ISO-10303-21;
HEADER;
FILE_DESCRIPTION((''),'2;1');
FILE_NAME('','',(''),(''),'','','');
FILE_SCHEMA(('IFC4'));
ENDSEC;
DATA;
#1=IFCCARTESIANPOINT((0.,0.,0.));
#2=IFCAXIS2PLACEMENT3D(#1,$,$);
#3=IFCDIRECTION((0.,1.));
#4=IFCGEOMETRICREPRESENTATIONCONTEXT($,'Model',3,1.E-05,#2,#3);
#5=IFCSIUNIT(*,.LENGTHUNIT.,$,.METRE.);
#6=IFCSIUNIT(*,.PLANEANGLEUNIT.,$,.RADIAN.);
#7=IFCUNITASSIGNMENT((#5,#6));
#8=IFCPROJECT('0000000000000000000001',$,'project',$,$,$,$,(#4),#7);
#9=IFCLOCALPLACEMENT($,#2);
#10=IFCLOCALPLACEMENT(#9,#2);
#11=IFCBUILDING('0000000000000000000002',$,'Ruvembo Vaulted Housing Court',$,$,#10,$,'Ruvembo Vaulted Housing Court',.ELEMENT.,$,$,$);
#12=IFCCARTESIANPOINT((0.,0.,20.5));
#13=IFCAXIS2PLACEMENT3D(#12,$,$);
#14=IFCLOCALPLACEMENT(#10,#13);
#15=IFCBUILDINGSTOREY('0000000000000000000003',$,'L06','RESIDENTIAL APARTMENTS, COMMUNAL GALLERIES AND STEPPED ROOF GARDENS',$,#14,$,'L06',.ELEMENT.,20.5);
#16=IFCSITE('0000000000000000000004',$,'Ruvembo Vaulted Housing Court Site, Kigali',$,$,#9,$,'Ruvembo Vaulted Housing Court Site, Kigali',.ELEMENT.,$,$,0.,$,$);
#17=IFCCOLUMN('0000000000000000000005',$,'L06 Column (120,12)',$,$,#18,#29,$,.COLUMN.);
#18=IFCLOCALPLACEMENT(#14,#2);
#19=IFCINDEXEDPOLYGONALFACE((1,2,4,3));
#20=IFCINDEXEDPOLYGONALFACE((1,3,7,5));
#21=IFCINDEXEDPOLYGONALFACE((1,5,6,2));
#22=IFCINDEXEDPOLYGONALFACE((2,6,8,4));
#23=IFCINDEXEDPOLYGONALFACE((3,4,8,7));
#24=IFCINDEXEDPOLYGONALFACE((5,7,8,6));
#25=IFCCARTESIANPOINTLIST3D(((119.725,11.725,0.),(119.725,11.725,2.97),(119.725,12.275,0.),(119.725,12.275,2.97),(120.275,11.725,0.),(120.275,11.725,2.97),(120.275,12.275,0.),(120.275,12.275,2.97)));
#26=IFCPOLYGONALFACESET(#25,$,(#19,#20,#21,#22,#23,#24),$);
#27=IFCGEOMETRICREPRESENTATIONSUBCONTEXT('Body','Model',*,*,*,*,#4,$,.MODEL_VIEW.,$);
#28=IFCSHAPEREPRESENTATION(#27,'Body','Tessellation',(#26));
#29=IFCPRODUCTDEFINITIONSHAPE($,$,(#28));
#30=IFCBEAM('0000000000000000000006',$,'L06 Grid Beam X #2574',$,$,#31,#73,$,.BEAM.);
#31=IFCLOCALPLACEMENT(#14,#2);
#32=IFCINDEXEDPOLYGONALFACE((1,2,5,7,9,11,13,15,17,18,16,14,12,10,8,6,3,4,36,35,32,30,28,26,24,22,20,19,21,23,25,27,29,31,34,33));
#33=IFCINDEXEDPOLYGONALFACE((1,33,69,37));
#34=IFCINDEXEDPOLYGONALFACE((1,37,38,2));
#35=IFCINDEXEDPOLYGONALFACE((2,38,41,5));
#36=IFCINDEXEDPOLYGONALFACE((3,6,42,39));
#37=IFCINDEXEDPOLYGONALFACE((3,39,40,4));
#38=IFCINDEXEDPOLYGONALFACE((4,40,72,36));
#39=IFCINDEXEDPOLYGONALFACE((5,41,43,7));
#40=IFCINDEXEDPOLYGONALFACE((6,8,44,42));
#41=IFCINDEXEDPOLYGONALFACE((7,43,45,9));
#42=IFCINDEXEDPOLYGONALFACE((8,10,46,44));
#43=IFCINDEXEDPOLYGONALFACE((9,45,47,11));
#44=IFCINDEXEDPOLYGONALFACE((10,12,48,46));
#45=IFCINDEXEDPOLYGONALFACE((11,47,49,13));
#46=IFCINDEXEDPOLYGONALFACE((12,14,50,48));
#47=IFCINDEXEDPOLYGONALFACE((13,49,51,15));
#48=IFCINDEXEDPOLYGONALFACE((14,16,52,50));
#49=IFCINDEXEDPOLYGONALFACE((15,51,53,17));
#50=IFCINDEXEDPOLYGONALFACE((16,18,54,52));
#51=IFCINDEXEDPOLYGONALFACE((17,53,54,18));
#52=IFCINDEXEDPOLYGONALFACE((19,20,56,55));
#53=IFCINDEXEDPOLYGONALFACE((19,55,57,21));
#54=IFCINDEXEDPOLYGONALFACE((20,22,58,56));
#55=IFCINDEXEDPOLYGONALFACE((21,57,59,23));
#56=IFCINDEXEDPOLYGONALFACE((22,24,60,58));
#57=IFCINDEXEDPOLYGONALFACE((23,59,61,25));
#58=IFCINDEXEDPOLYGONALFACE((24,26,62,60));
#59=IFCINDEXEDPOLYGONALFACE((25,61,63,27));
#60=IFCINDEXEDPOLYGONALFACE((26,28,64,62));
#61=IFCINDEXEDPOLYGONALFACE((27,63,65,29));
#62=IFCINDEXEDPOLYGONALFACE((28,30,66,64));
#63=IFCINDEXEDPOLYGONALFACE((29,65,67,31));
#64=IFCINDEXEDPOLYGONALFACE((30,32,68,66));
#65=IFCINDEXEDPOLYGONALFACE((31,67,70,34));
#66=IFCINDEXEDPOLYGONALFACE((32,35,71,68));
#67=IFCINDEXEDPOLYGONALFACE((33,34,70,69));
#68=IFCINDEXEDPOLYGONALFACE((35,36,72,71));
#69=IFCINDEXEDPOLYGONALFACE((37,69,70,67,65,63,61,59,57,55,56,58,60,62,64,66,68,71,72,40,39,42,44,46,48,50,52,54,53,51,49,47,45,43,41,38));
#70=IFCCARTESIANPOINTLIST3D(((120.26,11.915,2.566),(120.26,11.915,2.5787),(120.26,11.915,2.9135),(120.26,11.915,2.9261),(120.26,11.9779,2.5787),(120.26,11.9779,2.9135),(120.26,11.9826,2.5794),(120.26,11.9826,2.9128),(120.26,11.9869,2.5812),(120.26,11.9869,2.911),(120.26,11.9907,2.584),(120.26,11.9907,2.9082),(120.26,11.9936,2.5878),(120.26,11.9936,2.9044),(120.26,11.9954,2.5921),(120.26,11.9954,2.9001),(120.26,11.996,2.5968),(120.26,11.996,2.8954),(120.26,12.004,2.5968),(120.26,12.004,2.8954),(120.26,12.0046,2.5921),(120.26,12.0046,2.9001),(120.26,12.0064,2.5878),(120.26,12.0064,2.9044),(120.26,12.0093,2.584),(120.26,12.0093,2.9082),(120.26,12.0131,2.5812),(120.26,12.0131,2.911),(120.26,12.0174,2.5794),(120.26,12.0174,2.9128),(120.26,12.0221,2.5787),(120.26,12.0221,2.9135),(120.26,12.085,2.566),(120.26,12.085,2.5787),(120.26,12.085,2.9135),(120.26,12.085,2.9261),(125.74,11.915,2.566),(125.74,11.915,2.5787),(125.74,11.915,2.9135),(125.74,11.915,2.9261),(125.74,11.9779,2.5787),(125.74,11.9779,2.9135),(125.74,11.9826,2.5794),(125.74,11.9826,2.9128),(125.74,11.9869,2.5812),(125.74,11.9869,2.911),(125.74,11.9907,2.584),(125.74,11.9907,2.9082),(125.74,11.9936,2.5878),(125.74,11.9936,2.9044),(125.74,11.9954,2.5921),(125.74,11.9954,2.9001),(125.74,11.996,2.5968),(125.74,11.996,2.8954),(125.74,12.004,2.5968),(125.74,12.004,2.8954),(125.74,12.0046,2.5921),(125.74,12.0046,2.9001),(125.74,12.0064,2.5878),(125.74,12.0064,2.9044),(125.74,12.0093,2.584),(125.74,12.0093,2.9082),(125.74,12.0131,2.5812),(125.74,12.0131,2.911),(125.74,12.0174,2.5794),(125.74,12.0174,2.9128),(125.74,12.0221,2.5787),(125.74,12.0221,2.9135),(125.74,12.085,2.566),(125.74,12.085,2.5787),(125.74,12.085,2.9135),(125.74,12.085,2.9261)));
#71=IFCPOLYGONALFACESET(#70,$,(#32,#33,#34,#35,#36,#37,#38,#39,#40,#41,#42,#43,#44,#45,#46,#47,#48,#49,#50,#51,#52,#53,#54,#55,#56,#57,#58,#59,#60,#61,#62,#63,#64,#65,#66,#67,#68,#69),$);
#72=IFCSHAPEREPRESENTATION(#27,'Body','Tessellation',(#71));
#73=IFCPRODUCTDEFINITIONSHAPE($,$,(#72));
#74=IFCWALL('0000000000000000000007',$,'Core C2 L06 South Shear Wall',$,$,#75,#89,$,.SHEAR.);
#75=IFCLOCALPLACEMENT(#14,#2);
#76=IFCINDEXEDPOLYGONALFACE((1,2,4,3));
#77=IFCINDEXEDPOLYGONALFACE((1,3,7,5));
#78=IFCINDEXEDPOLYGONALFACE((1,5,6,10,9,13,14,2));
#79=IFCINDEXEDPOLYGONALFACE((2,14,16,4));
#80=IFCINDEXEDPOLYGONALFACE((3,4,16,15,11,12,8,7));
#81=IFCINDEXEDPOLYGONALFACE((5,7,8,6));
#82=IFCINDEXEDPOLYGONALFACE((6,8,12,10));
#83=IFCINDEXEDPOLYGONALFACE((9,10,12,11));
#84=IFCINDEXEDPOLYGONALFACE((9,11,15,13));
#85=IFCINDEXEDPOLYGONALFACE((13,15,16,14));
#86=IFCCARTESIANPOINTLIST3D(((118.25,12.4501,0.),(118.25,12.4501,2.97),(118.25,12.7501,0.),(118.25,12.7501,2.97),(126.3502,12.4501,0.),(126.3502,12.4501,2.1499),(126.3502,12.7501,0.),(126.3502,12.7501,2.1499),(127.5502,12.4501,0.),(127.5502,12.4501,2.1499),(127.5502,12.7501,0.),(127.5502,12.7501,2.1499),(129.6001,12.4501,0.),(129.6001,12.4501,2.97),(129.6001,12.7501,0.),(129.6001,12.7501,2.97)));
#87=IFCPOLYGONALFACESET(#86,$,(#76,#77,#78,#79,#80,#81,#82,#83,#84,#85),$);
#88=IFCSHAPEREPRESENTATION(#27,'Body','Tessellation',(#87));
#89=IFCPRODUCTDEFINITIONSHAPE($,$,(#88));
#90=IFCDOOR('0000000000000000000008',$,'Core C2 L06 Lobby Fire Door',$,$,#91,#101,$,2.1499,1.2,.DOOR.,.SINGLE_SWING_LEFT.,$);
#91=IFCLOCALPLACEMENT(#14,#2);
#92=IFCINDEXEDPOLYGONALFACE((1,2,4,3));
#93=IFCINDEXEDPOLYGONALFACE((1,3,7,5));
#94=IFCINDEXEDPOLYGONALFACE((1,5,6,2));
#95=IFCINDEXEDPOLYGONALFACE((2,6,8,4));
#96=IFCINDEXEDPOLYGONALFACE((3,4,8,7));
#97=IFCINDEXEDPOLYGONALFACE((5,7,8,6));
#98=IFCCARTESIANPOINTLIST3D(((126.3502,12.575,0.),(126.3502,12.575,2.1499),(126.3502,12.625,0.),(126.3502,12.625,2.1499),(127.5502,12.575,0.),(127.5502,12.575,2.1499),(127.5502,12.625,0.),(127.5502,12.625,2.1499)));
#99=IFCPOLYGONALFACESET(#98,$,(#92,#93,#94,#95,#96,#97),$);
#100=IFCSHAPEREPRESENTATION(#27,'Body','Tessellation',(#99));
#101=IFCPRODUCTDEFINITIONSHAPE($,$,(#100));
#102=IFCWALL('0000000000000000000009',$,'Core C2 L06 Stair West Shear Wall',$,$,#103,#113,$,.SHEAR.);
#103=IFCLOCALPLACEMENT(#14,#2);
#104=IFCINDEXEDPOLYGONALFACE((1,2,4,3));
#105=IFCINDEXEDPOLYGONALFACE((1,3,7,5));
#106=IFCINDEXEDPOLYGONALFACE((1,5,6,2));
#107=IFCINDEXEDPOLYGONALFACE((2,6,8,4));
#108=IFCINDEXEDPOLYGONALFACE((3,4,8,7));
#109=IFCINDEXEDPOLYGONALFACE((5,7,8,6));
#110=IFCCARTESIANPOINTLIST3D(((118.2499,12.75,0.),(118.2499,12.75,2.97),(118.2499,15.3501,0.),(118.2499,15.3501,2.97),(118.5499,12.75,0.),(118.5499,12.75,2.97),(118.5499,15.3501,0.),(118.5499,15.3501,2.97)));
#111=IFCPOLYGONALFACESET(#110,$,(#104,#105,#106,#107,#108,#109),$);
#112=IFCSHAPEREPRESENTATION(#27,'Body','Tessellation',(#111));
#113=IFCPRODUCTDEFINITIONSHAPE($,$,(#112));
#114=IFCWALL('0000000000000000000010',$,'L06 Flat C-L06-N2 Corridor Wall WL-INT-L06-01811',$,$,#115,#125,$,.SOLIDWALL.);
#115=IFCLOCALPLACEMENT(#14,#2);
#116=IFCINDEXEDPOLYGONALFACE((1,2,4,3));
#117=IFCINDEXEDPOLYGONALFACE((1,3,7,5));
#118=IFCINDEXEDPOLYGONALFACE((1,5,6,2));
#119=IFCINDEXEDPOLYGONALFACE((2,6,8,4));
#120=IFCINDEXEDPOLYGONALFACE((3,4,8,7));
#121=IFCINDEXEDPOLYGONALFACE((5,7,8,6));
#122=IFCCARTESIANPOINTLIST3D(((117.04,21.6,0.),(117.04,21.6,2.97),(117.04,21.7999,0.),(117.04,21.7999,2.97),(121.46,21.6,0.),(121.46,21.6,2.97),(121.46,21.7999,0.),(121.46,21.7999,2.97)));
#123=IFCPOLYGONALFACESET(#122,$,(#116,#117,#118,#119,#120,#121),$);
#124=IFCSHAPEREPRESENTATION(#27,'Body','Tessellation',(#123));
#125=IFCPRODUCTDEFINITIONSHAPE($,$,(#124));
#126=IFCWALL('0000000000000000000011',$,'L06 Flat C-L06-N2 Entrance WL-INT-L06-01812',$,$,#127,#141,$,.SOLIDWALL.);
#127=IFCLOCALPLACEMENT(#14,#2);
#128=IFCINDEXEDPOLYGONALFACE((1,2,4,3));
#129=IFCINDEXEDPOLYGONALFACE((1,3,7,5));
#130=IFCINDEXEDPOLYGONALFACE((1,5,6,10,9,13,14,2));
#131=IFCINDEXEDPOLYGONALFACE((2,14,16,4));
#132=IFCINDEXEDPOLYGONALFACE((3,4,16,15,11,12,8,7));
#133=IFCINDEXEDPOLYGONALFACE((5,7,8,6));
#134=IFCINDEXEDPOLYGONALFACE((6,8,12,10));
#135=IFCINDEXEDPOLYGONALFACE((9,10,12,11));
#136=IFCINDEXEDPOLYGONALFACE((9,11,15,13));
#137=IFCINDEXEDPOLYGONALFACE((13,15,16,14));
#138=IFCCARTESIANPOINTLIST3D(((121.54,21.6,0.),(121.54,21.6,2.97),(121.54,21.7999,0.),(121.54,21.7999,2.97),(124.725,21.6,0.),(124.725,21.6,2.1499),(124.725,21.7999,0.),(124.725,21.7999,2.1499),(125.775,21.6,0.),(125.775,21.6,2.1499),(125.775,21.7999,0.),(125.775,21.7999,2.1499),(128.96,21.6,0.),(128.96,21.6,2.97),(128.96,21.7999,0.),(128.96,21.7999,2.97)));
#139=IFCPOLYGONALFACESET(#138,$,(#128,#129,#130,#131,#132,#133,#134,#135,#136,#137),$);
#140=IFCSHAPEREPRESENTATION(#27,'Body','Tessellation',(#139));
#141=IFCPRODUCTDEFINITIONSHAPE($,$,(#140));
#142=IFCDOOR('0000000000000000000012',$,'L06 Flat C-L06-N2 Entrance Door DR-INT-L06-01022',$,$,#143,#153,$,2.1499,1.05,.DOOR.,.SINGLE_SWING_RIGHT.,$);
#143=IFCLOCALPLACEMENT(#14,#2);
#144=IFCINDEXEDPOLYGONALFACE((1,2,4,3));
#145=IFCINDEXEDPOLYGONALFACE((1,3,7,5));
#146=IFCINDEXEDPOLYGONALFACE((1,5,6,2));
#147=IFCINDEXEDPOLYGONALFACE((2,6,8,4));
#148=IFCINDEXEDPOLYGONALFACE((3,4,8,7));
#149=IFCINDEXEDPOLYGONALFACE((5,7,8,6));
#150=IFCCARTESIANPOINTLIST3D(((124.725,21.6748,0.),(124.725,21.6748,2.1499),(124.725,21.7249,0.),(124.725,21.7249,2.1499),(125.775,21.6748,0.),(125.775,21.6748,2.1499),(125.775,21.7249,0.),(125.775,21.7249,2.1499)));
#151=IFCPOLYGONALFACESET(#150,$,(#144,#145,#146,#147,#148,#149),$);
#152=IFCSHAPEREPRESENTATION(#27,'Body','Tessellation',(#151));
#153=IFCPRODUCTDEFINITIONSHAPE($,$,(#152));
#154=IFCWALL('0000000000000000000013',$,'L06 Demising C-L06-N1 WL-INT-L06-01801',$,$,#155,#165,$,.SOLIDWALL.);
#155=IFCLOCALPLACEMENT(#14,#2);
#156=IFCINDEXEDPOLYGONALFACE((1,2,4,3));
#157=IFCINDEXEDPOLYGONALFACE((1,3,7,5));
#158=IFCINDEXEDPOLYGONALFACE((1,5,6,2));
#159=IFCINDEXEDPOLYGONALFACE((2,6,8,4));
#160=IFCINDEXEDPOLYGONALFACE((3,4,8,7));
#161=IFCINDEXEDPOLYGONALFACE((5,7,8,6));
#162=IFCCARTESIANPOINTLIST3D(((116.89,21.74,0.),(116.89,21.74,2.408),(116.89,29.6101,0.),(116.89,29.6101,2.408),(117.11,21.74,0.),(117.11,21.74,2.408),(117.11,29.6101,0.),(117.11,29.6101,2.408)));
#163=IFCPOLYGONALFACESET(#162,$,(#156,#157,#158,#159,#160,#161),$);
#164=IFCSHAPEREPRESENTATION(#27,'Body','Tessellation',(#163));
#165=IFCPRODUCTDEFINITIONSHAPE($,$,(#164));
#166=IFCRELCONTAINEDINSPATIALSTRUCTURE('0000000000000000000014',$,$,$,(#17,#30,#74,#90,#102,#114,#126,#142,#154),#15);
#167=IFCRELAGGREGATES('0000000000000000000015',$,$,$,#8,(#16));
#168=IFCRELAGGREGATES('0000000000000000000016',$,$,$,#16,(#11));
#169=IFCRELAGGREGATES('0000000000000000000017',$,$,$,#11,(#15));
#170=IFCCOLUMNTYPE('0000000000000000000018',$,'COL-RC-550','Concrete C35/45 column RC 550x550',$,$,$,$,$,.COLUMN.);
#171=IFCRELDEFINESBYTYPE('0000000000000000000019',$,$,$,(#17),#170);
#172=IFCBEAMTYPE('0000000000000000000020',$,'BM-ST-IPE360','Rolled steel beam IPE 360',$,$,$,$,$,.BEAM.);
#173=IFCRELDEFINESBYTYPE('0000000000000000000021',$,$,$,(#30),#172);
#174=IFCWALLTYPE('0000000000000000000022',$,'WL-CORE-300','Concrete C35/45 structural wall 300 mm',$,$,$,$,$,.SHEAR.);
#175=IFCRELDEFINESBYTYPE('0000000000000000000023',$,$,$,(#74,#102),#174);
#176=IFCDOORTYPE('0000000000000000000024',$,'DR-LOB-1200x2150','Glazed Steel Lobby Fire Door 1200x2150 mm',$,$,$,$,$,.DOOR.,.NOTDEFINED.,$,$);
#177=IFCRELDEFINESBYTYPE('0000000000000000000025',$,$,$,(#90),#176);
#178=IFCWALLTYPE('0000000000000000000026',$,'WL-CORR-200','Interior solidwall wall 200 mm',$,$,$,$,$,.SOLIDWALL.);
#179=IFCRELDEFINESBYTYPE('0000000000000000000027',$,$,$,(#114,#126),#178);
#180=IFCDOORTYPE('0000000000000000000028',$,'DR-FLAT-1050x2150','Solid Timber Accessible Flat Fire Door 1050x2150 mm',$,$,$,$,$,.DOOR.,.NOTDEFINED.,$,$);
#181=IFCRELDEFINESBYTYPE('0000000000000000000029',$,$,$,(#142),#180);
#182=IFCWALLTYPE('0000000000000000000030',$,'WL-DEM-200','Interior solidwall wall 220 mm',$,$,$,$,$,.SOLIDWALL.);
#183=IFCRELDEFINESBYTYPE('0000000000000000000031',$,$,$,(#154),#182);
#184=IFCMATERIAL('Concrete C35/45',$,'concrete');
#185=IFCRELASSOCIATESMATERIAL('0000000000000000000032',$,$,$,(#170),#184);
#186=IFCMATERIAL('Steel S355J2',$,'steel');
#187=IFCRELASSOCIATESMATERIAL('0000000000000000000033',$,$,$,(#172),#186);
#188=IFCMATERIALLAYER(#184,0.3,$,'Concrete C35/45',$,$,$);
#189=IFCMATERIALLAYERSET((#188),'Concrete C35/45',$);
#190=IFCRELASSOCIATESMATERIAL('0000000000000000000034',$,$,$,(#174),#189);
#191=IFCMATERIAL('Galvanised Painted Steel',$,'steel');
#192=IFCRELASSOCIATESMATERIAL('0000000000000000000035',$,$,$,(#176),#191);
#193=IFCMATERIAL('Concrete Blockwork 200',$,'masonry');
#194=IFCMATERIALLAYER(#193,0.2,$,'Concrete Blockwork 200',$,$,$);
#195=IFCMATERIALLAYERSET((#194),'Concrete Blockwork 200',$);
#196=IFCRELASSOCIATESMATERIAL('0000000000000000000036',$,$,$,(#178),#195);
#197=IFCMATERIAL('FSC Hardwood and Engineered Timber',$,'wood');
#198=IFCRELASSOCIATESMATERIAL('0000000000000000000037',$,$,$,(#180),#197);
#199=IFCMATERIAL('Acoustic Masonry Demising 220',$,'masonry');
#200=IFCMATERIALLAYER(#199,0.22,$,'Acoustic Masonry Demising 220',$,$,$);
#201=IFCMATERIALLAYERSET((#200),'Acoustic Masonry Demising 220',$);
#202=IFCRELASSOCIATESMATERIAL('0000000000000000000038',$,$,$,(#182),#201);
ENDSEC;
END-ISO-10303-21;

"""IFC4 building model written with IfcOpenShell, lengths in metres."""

from ifc_helpers import new_model, si_unit, direction, frame, frame_2d, origin, origin_2d, place, context, subcontext, project, spatial, rectangle, i_section, extrude, material, layer, layer_set, material_profile, profile_set, type_object, element, fill, save


model = new_model("IFC4")

# Units and contexts
model_context = context("Model", 3, precision=1e-05, world=origin(), true_north=direction((0.0, 1.0)))
body_context = subcontext(model_context, "Body", "Model", "MODEL_VIEW")
ifc_project = project(units=[si_unit("LENGTHUNIT", "METRE"), si_unit("PLANEANGLEUNIT", "RADIAN")], contexts=[model_context])

# Site, building, storey
site_placement = place(None, origin())
site = spatial("IfcSite", under=ifc_project, at=site_placement, Name="Ruvembo Vaulted Housing Court Site, Kigali", LongName="Ruvembo Vaulted Housing Court Site, Kigali", CompositionType="ELEMENT", RefElevation=0.0)
building_placement = place(site_placement, origin())
building = spatial("IfcBuilding", under=site, at=building_placement, Name="Ruvembo Vaulted Housing Court", LongName="Ruvembo Vaulted Housing Court", CompositionType="ELEMENT")
storey_placement = place(building_placement, frame((0.0, 0.0, 20.5)))
storey = spatial("IfcBuildingStorey", under=building, at=storey_placement, Name="L06", Description="RESIDENTIAL APARTMENTS, COMMUNAL GALLERIES AND STEPPED ROOF GARDENS", LongName="L06", CompositionType="ELEMENT", Elevation=20.5)

# Column
ifc_material_1 = material(Name="Concrete C35/45", Category="concrete")
ifc_material_profile_1 = material_profile(ifc_material_1, rectangle(XDim=0.55, YDim=0.55, at=origin_2d()), Name="RC 550x550")
ifc_profile_set_1 = profile_set([ifc_material_profile_1], Name="Concrete C35/45")
column_type = type_object("IfcColumnType", Name="COL-RC-550", Description="Concrete C35/45 column RC 550x550", PredefinedType="COLUMN", material=ifc_profile_set_1)
column_placement = place(storey_placement, frame((120.0, 12.0, 0.0), z_axis=(0.0, 0.0, 1.0), x_axis=(1.0, 0.0, 0.0)))
element("IfcColumn", 1, at=column_placement, inside=storey, type_object=column_type, Name="L06 Column (120,12)", PredefinedType="COLUMN", context=body_context, shape_type="SweptSolid", body=[
    extrude(rectangle(XDim=0.55, YDim=0.55, at=origin_2d()), origin(), (0.0, 0.0, 1.0), 2.97),
])

# Beam
ifc_material_2 = material(Name="Steel S355J2", Category="steel")
ifc_material_profile_2 = material_profile(ifc_material_2, i_section(OverallWidth=0.1699, OverallDepth=0.3601, WebThickness=0.0081, FlangeThickness=0.0127, FilletRadius=0.0181, at=origin_2d()), Name="IPE 360")
ifc_profile_set_2 = profile_set([ifc_material_profile_2], Name="Steel S355J2")
beam_type = type_object("IfcBeamType", Name="BM-ST-IPE360", Description="Rolled steel beam IPE 360", PredefinedType="BEAM", material=ifc_profile_set_2)
beam_placement = place(storey_placement, frame((120.26, 12.0, 2.7461), z_axis=(1.0, 0.0, 0.0), x_axis=(0.0, 1.0, 0.0)))
element("IfcBeam", 2, at=beam_placement, inside=storey, type_object=beam_type, Name="L06 Grid Beam X #2574", PredefinedType="BEAM", context=body_context, shape_type="SweptSolid", body=[
    extrude(i_section(OverallWidth=0.1699, OverallDepth=0.3601, WebThickness=0.0081, FlangeThickness=0.0127, FilletRadius=0.0181, at=origin_2d()), origin(), (0.0, 0.0, 1.0), 5.48),
])

# Wall, opening, door
ifc_layer_1 = layer(ifc_material_1, 0.3, Name="Concrete C35/45")
ifc_layer_set_1 = layer_set([ifc_layer_1], Name="Concrete C35/45")
wall_type_1 = type_object("IfcWallType", Name="WL-CORE-300", Description="Concrete C35/45 structural wall 300 mm", PredefinedType="SHEAR", material=ifc_layer_set_1)
wall_1_placement = place(storey_placement, frame((118.25, 12.6001, 0.0), z_axis=(0.0, 0.0, 1.0), x_axis=(1.0, 0.0, 0.0)))
wall_1 = element("IfcWall", 3, at=wall_1_placement, inside=storey, type_object=wall_type_1, Name="Core C2 L06 South Shear Wall", PredefinedType="SHEAR", context=body_context, shape_type="SweptSolid", body=[
    extrude(rectangle(XDim=11.3501, YDim=0.3, at=frame_2d((5.675, 0.0))), origin(), (0.0, 0.0, 1.0), 2.97),
])
opening_1_placement = place(wall_1_placement, frame((8.1001, 0.0, 0.0)))
opening_1 = element("IfcOpeningElement", 4, at=opening_1_placement, cuts=wall_1, PredefinedType="OPENING", context=body_context, shape_type="SweptSolid", body=[
    extrude(rectangle(XDim=1.2, YDim=2.1499, at=frame_2d((0.6001, 1.075))), frame((0.0, 0.1599, 0.0), z_axis=(0.0, -1.0, 0.0), x_axis=(1.0, 0.0, 0.0)), (0.0, 0.0, 1.0), 0.3201),
])
ifc_material_3 = material(Name="Galvanised Painted Steel", Category="steel")
door_type_1 = type_object("IfcDoorType", Name="DR-LOB-1200x2150", Description="Glazed Steel Lobby Fire Door 1200x2150 mm", OperationType="NOTDEFINED", PredefinedType="DOOR", material=ifc_material_3)
door_1_placement = place(opening_1_placement, origin())
door_1 = element("IfcDoor", 5, at=door_1_placement, inside=storey, type_object=door_type_1, Name="Core C2 L06 Lobby Fire Door", OperationType="SINGLE_SWING_LEFT", OverallHeight=2.1499, OverallWidth=1.2, PredefinedType="DOOR", context=body_context, shape_type="SweptSolid", body=[
    extrude(rectangle(XDim=1.2, YDim=2.1499, at=frame_2d((0.6001, 1.075))), frame((0.0, 0.0249, 0.0), z_axis=(0.0, -1.0, 0.0), x_axis=(1.0, 0.0, 0.0)), (0.0, 0.0, 1.0), 0.05),
])
fill(opening_1, door_1)

# Wall
wall_2_placement = place(storey_placement, frame((118.3999, 15.3501, 0.0), z_axis=(0.0, 0.0, 1.0), x_axis=(0.0, -1.0, 0.0)))
element("IfcWall", 6, at=wall_2_placement, inside=storey, type_object=wall_type_1, Name="Core C2 L06 Stair West Shear Wall", PredefinedType="SHEAR", context=body_context, shape_type="SweptSolid", body=[
    extrude(rectangle(XDim=2.6001, YDim=0.3, at=frame_2d((1.3, 0.0))), origin(), (0.0, 0.0, 1.0), 2.97),
])

# Wall
ifc_material_4 = material(Name="Concrete Blockwork 200", Category="masonry")
ifc_layer_2 = layer(ifc_material_4, 0.2, Name="Concrete Blockwork 200")
ifc_layer_set_2 = layer_set([ifc_layer_2], Name="Concrete Blockwork 200")
wall_type_2 = type_object("IfcWallType", Name="WL-CORR-200", Description="Interior solidwall wall 200 mm", PredefinedType="SOLIDWALL", material=ifc_layer_set_2)
wall_3_placement = place(storey_placement, frame((117.04, 21.7, 0.0), z_axis=(0.0, 0.0, 1.0), x_axis=(1.0, 0.0, 0.0)))
element("IfcWall", 7, at=wall_3_placement, inside=storey, type_object=wall_type_2, Name="L06 Flat C-L06-N2 Corridor Wall WL-INT-L06-01811", PredefinedType="SOLIDWALL", context=body_context, shape_type="SweptSolid", body=[
    extrude(rectangle(XDim=4.4199, YDim=0.2, at=frame_2d((2.21, 0.0))), origin(), (0.0, 0.0, 1.0), 2.97),
])

# Wall, opening, door
wall_4_placement = place(storey_placement, frame((121.54, 21.7, 0.0), z_axis=(0.0, 0.0, 1.0), x_axis=(1.0, 0.0, 0.0)))
wall_4 = element("IfcWall", 8, at=wall_4_placement, inside=storey, type_object=wall_type_2, Name="L06 Flat C-L06-N2 Entrance WL-INT-L06-01812", PredefinedType="SOLIDWALL", context=body_context, shape_type="SweptSolid", body=[
    extrude(rectangle(XDim=7.4199, YDim=0.2, at=frame_2d((3.71, 0.0))), origin(), (0.0, 0.0, 1.0), 2.97),
])
opening_2_placement = place(wall_4_placement, frame((3.1851, 0.0, 0.0)))
opening_2 = element("IfcOpeningElement", 9, at=opening_2_placement, cuts=wall_4, PredefinedType="OPENING", context=body_context, shape_type="SweptSolid", body=[
    extrude(rectangle(XDim=1.05, YDim=2.1499, at=frame_2d((0.5249, 1.075))), frame((0.0, 0.1099, 0.0), z_axis=(0.0, -1.0, 0.0), x_axis=(1.0, 0.0, 0.0)), (0.0, 0.0, 1.0), 0.22),
])
ifc_material_5 = material(Name="FSC Hardwood and Engineered Timber", Category="wood")
door_type_2 = type_object("IfcDoorType", Name="DR-FLAT-1050x2150", Description="Solid Timber Accessible Flat Fire Door 1050x2150 mm", OperationType="NOTDEFINED", PredefinedType="DOOR", material=ifc_material_5)
door_2_placement = place(opening_2_placement, origin())
door_2 = element("IfcDoor", 10, at=door_2_placement, inside=storey, type_object=door_type_2, Name="L06 Flat C-L06-N2 Entrance Door DR-INT-L06-01022", OperationType="SINGLE_SWING_RIGHT", OverallHeight=2.1499, OverallWidth=1.05, PredefinedType="DOOR", context=body_context, shape_type="SweptSolid", body=[
    extrude(rectangle(XDim=1.05, YDim=2.1499, at=frame_2d((0.5249, 1.075))), frame((0.0, 0.0249, 0.0), z_axis=(0.0, -1.0, 0.0), x_axis=(1.0, 0.0, 0.0)), (0.0, 0.0, 1.0), 0.05),
])
fill(opening_2, door_2)

# Wall
ifc_material_6 = material(Name="Acoustic Masonry Demising 220", Category="masonry")
ifc_layer_3 = layer(ifc_material_6, 0.22, Name="Acoustic Masonry Demising 220")
ifc_layer_set_3 = layer_set([ifc_layer_3], Name="Acoustic Masonry Demising 220")
wall_type_3 = type_object("IfcWallType", Name="WL-DEM-200", Description="Interior solidwall wall 220 mm", PredefinedType="SOLIDWALL", material=ifc_layer_set_3)
wall_5_placement = place(storey_placement, frame((117.0, 21.74, 0.0), z_axis=(0.0, 0.0, 1.0), x_axis=(0.0, 1.0, 0.0)))
element("IfcWall", 11, at=wall_5_placement, inside=storey, type_object=wall_type_3, Name="L06 Demising C-L06-N1 WL-INT-L06-01801", PredefinedType="SOLIDWALL", context=body_context, shape_type="SweptSolid", body=[
    extrude(rectangle(XDim=7.8701, YDim=0.22, at=frame_2d((3.9351, 0.0))), origin(), (0.0, 0.0, 1.0), 2.408),
])

save(model, "model.ifc")
